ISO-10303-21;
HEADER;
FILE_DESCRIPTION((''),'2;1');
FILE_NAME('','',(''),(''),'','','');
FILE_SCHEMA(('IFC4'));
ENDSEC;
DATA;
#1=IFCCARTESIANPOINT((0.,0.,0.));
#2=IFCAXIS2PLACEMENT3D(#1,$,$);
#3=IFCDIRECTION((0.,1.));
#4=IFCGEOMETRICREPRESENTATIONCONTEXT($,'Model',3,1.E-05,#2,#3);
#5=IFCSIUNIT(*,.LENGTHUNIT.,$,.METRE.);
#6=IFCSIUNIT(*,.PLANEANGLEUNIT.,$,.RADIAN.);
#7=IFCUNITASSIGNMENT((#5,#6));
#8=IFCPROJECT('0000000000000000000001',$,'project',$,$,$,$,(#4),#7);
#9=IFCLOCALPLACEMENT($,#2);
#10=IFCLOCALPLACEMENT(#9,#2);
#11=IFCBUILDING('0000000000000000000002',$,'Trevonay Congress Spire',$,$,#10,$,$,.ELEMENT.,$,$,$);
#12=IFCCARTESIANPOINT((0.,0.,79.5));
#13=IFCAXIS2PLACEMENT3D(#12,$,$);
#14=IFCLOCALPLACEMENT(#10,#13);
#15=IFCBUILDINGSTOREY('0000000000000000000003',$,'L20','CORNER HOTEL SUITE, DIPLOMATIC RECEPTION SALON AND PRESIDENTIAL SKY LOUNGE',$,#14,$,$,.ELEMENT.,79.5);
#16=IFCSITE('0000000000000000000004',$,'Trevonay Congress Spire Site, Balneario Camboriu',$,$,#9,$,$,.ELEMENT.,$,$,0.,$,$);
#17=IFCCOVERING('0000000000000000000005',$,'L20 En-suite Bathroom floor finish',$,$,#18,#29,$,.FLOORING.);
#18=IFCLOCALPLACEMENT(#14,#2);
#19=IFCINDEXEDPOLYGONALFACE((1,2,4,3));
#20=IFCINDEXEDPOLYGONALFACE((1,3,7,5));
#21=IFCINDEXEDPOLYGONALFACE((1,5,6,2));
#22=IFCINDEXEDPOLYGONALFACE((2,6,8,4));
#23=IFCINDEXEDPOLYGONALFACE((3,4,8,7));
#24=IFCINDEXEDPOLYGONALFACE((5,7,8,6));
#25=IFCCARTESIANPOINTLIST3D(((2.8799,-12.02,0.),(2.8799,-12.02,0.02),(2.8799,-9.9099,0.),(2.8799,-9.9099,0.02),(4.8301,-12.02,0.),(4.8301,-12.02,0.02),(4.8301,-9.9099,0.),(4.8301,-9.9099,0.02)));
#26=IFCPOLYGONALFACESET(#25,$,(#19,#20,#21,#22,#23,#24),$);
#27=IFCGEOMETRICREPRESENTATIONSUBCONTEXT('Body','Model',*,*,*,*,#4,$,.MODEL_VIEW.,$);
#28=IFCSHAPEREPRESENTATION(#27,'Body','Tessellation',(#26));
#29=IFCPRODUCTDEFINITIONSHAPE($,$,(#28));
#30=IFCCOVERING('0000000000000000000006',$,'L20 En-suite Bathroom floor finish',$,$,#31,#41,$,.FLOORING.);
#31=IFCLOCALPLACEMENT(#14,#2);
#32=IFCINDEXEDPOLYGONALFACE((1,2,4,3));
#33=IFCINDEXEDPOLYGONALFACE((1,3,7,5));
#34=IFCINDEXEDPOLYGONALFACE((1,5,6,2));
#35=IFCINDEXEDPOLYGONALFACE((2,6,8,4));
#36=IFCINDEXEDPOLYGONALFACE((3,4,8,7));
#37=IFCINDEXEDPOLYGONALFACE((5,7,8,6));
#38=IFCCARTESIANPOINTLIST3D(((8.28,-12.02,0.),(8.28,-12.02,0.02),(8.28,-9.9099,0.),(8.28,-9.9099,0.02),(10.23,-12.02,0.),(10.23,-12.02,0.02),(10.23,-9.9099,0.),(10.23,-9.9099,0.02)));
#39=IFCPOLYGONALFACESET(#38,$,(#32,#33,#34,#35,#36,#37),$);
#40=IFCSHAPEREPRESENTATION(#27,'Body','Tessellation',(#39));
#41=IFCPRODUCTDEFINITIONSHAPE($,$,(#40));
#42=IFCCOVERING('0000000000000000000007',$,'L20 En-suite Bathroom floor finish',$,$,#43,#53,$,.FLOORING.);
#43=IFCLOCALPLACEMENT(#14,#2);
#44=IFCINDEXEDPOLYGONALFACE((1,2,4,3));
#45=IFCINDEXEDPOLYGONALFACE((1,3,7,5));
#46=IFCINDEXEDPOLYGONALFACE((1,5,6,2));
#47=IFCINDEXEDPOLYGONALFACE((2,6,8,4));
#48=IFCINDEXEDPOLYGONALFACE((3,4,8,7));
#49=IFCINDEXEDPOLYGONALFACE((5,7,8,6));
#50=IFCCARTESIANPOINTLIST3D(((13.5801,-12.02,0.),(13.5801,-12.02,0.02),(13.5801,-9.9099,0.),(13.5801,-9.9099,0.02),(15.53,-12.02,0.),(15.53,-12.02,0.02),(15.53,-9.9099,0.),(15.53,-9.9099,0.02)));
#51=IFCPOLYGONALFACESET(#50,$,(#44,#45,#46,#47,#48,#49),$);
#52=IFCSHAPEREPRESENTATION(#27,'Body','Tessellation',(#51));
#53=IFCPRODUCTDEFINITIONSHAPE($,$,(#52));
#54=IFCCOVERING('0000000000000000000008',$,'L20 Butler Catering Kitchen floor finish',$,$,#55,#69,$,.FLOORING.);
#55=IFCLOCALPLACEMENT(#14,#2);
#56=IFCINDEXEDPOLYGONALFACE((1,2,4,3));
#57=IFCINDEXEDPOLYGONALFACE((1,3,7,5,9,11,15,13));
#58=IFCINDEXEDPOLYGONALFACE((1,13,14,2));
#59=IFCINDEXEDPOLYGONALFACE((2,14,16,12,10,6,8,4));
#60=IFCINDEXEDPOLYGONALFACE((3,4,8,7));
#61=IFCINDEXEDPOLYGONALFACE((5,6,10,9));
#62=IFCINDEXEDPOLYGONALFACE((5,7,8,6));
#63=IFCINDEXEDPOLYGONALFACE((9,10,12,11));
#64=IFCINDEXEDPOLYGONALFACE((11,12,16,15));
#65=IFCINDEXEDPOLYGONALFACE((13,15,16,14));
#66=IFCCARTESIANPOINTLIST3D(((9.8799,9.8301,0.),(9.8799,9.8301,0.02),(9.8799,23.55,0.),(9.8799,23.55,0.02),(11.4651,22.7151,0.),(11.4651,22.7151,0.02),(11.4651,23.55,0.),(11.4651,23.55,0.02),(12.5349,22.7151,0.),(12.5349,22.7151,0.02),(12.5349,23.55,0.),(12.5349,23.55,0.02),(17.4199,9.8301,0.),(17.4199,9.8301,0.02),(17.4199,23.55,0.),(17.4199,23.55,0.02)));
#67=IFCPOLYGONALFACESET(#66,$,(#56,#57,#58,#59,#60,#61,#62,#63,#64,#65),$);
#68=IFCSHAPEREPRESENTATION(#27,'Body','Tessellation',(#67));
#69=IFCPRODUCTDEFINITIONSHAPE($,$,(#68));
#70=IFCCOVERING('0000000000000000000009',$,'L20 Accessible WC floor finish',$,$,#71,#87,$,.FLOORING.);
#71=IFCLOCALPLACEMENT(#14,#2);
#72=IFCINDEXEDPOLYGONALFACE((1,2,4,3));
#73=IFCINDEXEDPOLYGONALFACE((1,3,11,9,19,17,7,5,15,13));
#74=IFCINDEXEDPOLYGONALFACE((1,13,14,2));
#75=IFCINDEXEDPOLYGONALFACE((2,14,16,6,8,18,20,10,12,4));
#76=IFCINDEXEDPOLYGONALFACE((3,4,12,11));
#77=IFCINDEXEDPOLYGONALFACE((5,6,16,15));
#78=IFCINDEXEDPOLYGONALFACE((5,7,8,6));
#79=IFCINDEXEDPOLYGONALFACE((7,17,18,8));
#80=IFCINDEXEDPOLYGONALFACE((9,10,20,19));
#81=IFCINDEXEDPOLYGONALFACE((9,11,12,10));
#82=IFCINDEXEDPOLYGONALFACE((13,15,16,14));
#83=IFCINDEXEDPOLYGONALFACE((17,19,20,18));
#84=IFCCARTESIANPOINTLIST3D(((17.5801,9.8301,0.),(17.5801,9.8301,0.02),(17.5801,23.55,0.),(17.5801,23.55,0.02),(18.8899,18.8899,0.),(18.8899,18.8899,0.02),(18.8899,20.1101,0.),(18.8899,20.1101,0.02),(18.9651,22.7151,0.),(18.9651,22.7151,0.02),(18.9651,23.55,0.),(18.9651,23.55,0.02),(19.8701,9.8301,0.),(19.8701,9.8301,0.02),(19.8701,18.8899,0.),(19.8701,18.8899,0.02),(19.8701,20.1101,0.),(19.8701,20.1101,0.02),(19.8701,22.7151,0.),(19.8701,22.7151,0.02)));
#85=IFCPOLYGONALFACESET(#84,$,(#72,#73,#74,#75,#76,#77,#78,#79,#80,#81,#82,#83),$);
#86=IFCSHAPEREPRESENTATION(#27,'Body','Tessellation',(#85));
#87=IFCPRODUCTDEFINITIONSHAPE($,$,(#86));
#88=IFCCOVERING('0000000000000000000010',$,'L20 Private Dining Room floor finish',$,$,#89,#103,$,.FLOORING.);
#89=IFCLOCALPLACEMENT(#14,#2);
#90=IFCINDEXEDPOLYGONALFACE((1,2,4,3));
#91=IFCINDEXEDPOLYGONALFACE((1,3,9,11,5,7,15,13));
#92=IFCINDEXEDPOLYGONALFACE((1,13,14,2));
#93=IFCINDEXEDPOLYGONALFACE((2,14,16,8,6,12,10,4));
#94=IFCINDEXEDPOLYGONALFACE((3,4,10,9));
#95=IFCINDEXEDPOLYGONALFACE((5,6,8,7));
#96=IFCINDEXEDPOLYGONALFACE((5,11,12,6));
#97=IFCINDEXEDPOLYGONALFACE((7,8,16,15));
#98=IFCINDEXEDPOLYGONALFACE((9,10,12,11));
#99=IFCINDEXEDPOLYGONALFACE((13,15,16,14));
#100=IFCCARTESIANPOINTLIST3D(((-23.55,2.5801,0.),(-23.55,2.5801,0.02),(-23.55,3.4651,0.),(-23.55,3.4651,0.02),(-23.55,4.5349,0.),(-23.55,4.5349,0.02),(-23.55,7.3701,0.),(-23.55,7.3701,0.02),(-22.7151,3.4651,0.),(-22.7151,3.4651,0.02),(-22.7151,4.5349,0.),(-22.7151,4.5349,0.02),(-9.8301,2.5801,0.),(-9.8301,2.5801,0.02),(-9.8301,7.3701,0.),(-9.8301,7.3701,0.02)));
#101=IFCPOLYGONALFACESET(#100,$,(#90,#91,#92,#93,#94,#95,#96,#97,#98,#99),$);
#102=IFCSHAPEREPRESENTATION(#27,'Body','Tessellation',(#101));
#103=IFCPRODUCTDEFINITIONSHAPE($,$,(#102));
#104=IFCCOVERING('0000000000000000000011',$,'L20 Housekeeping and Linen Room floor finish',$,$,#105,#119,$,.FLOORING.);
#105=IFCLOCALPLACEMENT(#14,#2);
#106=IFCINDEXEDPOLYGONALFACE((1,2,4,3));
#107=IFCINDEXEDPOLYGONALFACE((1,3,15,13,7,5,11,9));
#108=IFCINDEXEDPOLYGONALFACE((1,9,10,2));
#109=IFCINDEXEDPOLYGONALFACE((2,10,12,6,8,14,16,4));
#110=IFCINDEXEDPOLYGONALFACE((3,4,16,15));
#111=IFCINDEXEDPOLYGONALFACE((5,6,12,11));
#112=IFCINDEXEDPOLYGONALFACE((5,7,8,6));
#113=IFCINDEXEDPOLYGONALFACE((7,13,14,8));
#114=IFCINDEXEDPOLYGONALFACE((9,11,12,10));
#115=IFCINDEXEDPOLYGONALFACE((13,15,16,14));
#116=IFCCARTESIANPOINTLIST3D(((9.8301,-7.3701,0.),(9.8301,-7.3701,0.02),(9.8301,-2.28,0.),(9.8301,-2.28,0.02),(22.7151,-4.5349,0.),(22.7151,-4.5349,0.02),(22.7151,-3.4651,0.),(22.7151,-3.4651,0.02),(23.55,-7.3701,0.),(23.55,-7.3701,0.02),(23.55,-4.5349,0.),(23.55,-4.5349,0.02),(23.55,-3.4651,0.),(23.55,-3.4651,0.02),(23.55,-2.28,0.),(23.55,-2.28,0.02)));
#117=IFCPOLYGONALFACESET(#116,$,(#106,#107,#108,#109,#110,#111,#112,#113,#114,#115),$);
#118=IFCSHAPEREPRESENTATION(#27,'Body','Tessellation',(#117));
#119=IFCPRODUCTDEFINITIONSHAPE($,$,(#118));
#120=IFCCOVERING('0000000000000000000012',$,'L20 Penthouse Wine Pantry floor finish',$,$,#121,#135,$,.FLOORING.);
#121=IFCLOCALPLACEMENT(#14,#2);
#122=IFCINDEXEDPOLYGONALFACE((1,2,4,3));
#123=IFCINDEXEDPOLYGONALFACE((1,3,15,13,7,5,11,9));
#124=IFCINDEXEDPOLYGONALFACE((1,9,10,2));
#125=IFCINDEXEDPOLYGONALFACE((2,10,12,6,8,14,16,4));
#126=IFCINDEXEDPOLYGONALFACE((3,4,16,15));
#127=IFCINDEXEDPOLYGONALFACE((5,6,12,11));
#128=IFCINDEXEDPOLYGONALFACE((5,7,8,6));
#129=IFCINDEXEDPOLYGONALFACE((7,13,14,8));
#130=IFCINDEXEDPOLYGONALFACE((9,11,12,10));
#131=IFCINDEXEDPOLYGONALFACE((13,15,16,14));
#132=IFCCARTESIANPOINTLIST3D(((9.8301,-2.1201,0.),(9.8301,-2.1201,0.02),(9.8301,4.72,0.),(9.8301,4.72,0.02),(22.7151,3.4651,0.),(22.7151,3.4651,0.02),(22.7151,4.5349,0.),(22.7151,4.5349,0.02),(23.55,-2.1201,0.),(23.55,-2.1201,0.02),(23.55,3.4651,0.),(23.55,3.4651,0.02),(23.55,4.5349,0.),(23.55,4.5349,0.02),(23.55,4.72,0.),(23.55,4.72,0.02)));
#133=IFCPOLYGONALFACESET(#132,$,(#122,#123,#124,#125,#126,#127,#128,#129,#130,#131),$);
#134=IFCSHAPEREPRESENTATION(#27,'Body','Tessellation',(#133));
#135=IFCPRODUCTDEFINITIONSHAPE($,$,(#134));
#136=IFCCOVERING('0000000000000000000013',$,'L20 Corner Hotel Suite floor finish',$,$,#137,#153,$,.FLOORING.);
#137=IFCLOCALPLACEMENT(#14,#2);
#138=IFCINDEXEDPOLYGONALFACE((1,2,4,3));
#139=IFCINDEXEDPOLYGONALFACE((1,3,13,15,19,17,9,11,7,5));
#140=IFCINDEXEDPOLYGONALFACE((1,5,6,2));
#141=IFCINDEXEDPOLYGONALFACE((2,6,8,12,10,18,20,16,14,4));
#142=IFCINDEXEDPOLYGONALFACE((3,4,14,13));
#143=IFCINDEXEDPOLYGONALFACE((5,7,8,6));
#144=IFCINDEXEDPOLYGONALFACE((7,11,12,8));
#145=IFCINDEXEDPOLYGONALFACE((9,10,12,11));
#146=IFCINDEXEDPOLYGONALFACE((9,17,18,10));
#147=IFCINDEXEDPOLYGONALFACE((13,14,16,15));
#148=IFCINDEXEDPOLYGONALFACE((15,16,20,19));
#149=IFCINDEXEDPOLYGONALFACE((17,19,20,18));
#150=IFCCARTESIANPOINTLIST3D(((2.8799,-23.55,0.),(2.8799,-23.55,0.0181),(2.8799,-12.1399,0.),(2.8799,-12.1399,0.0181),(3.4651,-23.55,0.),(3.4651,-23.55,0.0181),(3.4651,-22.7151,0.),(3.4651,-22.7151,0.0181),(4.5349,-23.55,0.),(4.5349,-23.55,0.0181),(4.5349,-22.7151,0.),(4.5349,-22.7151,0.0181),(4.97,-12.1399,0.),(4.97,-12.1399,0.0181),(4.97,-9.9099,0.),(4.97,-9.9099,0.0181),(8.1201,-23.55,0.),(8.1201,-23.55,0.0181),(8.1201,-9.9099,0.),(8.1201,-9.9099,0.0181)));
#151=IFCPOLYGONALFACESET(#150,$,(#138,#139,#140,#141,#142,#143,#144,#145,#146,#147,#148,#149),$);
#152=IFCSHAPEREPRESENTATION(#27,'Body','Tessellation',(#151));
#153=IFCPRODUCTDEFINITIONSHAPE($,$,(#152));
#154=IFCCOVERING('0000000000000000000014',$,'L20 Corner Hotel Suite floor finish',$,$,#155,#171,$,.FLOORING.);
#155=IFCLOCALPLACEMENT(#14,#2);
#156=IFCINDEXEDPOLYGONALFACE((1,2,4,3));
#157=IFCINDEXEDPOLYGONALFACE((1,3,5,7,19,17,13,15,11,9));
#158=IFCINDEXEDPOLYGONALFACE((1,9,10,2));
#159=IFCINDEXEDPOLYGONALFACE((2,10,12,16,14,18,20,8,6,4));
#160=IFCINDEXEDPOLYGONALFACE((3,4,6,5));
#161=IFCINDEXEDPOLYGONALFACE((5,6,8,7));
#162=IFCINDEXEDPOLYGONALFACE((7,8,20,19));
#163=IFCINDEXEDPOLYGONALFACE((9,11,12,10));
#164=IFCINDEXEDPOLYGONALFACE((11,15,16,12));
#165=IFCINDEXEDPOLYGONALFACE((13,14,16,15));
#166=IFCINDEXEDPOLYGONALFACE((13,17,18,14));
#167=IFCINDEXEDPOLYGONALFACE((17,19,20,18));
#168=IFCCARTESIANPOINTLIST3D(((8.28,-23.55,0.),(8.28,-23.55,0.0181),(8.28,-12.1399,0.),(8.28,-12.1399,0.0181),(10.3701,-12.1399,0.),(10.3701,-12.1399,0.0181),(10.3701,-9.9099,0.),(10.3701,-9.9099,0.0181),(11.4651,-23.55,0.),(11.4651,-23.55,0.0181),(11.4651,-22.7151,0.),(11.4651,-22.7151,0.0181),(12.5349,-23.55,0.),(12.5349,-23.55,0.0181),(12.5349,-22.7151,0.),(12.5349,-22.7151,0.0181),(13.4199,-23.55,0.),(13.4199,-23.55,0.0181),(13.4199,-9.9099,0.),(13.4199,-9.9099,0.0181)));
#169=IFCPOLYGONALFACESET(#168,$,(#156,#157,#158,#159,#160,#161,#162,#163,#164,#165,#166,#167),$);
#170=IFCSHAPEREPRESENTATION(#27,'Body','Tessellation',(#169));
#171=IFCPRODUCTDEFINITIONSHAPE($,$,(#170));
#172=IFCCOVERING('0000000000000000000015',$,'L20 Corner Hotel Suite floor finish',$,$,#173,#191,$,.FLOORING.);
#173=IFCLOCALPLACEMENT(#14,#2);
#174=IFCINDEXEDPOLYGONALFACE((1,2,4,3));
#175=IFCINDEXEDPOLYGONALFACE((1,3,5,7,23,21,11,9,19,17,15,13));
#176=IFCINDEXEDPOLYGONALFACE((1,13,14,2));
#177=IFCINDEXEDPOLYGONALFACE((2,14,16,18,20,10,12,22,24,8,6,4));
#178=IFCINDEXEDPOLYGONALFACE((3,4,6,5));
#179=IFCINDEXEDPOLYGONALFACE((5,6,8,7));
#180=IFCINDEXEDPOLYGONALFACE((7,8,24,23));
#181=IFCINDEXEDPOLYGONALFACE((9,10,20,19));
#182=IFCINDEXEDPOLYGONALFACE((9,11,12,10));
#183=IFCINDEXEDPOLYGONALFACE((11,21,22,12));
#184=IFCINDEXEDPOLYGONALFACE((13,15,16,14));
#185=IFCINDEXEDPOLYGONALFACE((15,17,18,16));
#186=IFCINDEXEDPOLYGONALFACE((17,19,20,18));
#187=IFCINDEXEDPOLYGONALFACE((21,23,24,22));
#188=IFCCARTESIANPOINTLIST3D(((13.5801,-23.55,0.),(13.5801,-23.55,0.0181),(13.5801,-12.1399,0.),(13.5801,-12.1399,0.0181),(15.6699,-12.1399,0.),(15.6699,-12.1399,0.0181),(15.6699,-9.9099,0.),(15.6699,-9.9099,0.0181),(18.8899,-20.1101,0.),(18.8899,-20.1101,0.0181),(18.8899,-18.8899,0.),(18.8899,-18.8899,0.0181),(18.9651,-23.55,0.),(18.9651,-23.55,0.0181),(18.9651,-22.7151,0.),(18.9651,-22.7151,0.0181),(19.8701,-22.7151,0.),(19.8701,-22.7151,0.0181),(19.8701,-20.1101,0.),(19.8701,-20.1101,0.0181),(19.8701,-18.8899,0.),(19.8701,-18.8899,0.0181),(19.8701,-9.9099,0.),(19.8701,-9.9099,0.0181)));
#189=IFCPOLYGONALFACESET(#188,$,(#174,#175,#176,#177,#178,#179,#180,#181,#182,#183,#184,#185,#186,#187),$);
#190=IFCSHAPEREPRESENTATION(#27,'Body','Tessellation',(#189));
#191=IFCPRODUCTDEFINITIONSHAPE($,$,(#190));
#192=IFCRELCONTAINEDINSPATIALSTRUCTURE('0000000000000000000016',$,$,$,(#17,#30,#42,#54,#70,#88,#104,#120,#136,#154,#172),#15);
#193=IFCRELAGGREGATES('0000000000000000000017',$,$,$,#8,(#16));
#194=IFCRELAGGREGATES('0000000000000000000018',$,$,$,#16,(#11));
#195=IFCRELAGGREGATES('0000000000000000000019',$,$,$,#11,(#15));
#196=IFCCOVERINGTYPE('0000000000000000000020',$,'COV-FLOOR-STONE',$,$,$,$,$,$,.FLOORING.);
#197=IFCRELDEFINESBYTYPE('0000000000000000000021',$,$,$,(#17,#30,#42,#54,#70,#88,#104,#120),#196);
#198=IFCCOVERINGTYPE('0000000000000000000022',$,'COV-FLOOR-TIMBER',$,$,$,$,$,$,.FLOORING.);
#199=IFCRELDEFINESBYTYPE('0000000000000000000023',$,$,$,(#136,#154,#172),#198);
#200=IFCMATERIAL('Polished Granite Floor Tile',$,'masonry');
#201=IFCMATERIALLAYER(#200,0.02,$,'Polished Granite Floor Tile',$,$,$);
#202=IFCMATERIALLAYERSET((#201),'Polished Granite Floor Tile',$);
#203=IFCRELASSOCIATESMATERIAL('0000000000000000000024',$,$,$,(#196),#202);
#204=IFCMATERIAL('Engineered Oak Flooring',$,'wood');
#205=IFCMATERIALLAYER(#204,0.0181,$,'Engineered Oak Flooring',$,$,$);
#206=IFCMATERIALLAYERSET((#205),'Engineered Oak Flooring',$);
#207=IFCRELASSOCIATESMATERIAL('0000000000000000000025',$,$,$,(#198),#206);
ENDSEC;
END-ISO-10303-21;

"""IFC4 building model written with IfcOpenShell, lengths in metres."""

from ifc_helpers import new_model, si_unit, direction, frame, origin, place, context, subcontext, project, spatial, polyline, outline, extrude, material, layer, layer_set, type_object, element, save


model = new_model("IFC4")

# Units and contexts
model_context = context("Model", 3, precision=1e-05, world=origin(), true_north=direction((0.0, 1.0)))
body_context = subcontext(model_context, "Body", "Model", "MODEL_VIEW")
ifc_project = project(units=[si_unit("LENGTHUNIT", "METRE"), si_unit("PLANEANGLEUNIT", "RADIAN")], contexts=[model_context])

# Site, building, storey
site_placement = place(None, origin())
site = spatial("IfcSite", under=ifc_project, at=site_placement, Name="Trevonay Congress Spire Site, Balneario Camboriu", CompositionType="ELEMENT", RefElevation=0.0)
building_placement = place(site_placement, origin())
building = spatial("IfcBuilding", under=site, at=building_placement, Name="Trevonay Congress Spire", CompositionType="ELEMENT")
storey_placement = place(building_placement, frame((0.0, 0.0, 79.5)))
storey = spatial("IfcBuildingStorey", under=building, at=storey_placement, Name="L20", Description="CORNER HOTEL SUITE, DIPLOMATIC RECEPTION SALON AND PRESIDENTIAL SKY LOUNGE", CompositionType="ELEMENT", Elevation=79.5)

# Coverings
ifc_material_1 = material(Name="Polished Granite Floor Tile", Category="masonry")
ifc_layer_1 = layer(ifc_material_1, 0.02, Name="Polished Granite Floor Tile")
ifc_layer_set_1 = layer_set([ifc_layer_1], Name="Polished Granite Floor Tile")
covering_type_1 = type_object("IfcCoveringType", Name="COV-FLOOR-STONE", PredefinedType="FLOORING", material=ifc_layer_set_1)
covering_1_placement = place(storey_placement, origin())
element("IfcCovering", 1, at=covering_1_placement, inside=storey, type_object=covering_type_1, Name="L20 En-suite Bathroom floor finish", PredefinedType="FLOORING", context=body_context, shape_type="SweptSolid", body=[
    extrude(outline(polyline([(2.8799, -12.02), (4.8301, -12.02), (4.8301, -9.9099), (2.8799, -9.9099), (2.8799, -12.02)])), origin(), (0.0, 0.0, 1.0), 0.02),
])
covering_2_placement = place(storey_placement, origin())
element("IfcCovering", 2, at=covering_2_placement, inside=storey, type_object=covering_type_1, Name="L20 En-suite Bathroom floor finish", PredefinedType="FLOORING", context=body_context, shape_type="SweptSolid", body=[
    extrude(outline(polyline([(8.28, -12.02), (10.23, -12.02), (10.23, -9.9099), (8.28, -9.9099), (8.28, -12.02)])), origin(), (0.0, 0.0, 1.0), 0.02),
])
covering_3_placement = place(storey_placement, origin())
element("IfcCovering", 3, at=covering_3_placement, inside=storey, type_object=covering_type_1, Name="L20 En-suite Bathroom floor finish", PredefinedType="FLOORING", context=body_context, shape_type="SweptSolid", body=[
    extrude(outline(polyline([(13.5801, -12.02), (15.53, -12.02), (15.53, -9.9099), (13.5801, -9.9099), (13.5801, -12.02)])), origin(), (0.0, 0.0, 1.0), 0.02),
])
covering_4_placement = place(storey_placement, origin())
element("IfcCovering", 4, at=covering_4_placement, inside=storey, type_object=covering_type_1, Name="L20 Butler Catering Kitchen floor finish", PredefinedType="FLOORING", context=body_context, shape_type="SweptSolid", body=[
    extrude(outline(polyline([(17.4199, 23.55), (17.4199, 9.8301), (9.8799, 9.8301), (9.8799, 23.55), (11.4651, 23.55), (11.4651, 22.7151), (12.5349, 22.7151), (12.5349, 23.55), (17.4199, 23.55)])), origin(), (0.0, 0.0, 1.0), 0.02),
])
covering_5_placement = place(storey_placement, origin())
element("IfcCovering", 5, at=covering_5_placement, inside=storey, type_object=covering_type_1, Name="L20 Accessible WC floor finish", PredefinedType="FLOORING", context=body_context, shape_type="SweptSolid", body=[
    extrude(outline(polyline([(19.8701, 9.8301), (17.5801, 9.8301), (17.5801, 23.55), (18.9651, 23.55), (18.9651, 22.7151), (19.8701, 22.7151), (19.8701, 20.1101), (18.8899, 20.1101), (18.8899, 18.8899), (19.8701, 18.8899), (19.8701, 9.8301)])), origin(), (0.0, 0.0, 1.0), 0.02),
])
covering_6_placement = place(storey_placement, origin())
element("IfcCovering", 6, at=covering_6_placement, inside=storey, type_object=covering_type_1, Name="L20 Private Dining Room floor finish", PredefinedType="FLOORING", context=body_context, shape_type="SweptSolid", body=[
    extrude(outline(polyline([(-23.55, 7.3701), (-9.8301, 7.3701), (-9.8301, 2.5801), (-23.55, 2.5801), (-23.55, 3.4651), (-22.7151, 3.4651), (-22.7151, 4.5349), (-23.55, 4.5349), (-23.55, 7.3701)])), origin(), (0.0, 0.0, 1.0), 0.02),
])
covering_7_placement = place(storey_placement, origin())
element("IfcCovering", 7, at=covering_7_placement, inside=storey, type_object=covering_type_1, Name="L20 Housekeeping and Linen Room floor finish", PredefinedType="FLOORING", context=body_context, shape_type="SweptSolid", body=[
    extrude(outline(polyline([(23.55, -7.3701), (9.8301, -7.3701), (9.8301, -2.28), (23.55, -2.28), (23.55, -3.4651), (22.7151, -3.4651), (22.7151, -4.5349), (23.55, -4.5349), (23.55, -7.3701)])), origin(), (0.0, 0.0, 1.0), 0.02),
])
covering_8_placement = place(storey_placement, origin())
element("IfcCovering", 8, at=covering_8_placement, inside=storey, type_object=covering_type_1, Name="L20 Penthouse Wine Pantry floor finish", PredefinedType="FLOORING", context=body_context, shape_type="SweptSolid", body=[
    extrude(outline(polyline([(23.55, -2.1201), (9.8301, -2.1201), (9.8301, 4.72), (23.55, 4.72), (23.55, 4.5349), (22.7151, 4.5349), (22.7151, 3.4651), (23.55, 3.4651), (23.55, -2.1201)])), origin(), (0.0, 0.0, 1.0), 0.02),
])
ifc_material_2 = material(Name="Engineered Oak Flooring", Category="wood")
ifc_layer_2 = layer(ifc_material_2, 0.0181, Name="Engineered Oak Flooring")
ifc_layer_set_2 = layer_set([ifc_layer_2], Name="Engineered Oak Flooring")
covering_type_2 = type_object("IfcCoveringType", Name="COV-FLOOR-TIMBER", PredefinedType="FLOORING", material=ifc_layer_set_2)
covering_9_placement = place(storey_placement, origin())
element("IfcCovering", 9, at=covering_9_placement, inside=storey, type_object=covering_type_2, Name="L20 Corner Hotel Suite floor finish", PredefinedType="FLOORING", context=body_context, shape_type="SweptSolid", body=[
    extrude(outline(polyline([(2.8799, -23.55), (2.8799, -12.1399), (4.97, -12.1399), (4.97, -9.9099), (8.1201, -9.9099), (8.1201, -23.55), (4.5349, -23.55), (4.5349, -22.7151), (3.4651, -22.7151), (3.4651, -23.55), (2.8799, -23.55)])), origin(), (0.0, 0.0, 1.0), 0.0181),
])
covering_10_placement = place(storey_placement, origin())
element("IfcCovering", 10, at=covering_10_placement, inside=storey, type_object=covering_type_2, Name="L20 Corner Hotel Suite floor finish", PredefinedType="FLOORING", context=body_context, shape_type="SweptSolid", body=[
    extrude(outline(polyline([(8.28, -23.55), (8.28, -12.1399), (10.3701, -12.1399), (10.3701, -9.9099), (13.4199, -9.9099), (13.4199, -23.55), (12.5349, -23.55), (12.5349, -22.7151), (11.4651, -22.7151), (11.4651, -23.55), (8.28, -23.55)])), origin(), (0.0, 0.0, 1.0), 0.0181),
])
covering_11_placement = place(storey_placement, origin())
element("IfcCovering", 11, at=covering_11_placement, inside=storey, type_object=covering_type_2, Name="L20 Corner Hotel Suite floor finish", PredefinedType="FLOORING", context=body_context, shape_type="SweptSolid", body=[
    extrude(outline(polyline([(13.5801, -23.55), (13.5801, -12.1399), (15.6699, -12.1399), (15.6699, -9.9099), (19.8701, -9.9099), (19.8701, -18.8899), (18.8899, -18.8899), (18.8899, -20.1101), (19.8701, -20.1101), (19.8701, -22.7151), (18.9651, -22.7151), (18.9651, -23.55), (13.5801, -23.55)])), origin(), (0.0, 0.0, 1.0), 0.0181),
])

save(model, "model.ifc")
